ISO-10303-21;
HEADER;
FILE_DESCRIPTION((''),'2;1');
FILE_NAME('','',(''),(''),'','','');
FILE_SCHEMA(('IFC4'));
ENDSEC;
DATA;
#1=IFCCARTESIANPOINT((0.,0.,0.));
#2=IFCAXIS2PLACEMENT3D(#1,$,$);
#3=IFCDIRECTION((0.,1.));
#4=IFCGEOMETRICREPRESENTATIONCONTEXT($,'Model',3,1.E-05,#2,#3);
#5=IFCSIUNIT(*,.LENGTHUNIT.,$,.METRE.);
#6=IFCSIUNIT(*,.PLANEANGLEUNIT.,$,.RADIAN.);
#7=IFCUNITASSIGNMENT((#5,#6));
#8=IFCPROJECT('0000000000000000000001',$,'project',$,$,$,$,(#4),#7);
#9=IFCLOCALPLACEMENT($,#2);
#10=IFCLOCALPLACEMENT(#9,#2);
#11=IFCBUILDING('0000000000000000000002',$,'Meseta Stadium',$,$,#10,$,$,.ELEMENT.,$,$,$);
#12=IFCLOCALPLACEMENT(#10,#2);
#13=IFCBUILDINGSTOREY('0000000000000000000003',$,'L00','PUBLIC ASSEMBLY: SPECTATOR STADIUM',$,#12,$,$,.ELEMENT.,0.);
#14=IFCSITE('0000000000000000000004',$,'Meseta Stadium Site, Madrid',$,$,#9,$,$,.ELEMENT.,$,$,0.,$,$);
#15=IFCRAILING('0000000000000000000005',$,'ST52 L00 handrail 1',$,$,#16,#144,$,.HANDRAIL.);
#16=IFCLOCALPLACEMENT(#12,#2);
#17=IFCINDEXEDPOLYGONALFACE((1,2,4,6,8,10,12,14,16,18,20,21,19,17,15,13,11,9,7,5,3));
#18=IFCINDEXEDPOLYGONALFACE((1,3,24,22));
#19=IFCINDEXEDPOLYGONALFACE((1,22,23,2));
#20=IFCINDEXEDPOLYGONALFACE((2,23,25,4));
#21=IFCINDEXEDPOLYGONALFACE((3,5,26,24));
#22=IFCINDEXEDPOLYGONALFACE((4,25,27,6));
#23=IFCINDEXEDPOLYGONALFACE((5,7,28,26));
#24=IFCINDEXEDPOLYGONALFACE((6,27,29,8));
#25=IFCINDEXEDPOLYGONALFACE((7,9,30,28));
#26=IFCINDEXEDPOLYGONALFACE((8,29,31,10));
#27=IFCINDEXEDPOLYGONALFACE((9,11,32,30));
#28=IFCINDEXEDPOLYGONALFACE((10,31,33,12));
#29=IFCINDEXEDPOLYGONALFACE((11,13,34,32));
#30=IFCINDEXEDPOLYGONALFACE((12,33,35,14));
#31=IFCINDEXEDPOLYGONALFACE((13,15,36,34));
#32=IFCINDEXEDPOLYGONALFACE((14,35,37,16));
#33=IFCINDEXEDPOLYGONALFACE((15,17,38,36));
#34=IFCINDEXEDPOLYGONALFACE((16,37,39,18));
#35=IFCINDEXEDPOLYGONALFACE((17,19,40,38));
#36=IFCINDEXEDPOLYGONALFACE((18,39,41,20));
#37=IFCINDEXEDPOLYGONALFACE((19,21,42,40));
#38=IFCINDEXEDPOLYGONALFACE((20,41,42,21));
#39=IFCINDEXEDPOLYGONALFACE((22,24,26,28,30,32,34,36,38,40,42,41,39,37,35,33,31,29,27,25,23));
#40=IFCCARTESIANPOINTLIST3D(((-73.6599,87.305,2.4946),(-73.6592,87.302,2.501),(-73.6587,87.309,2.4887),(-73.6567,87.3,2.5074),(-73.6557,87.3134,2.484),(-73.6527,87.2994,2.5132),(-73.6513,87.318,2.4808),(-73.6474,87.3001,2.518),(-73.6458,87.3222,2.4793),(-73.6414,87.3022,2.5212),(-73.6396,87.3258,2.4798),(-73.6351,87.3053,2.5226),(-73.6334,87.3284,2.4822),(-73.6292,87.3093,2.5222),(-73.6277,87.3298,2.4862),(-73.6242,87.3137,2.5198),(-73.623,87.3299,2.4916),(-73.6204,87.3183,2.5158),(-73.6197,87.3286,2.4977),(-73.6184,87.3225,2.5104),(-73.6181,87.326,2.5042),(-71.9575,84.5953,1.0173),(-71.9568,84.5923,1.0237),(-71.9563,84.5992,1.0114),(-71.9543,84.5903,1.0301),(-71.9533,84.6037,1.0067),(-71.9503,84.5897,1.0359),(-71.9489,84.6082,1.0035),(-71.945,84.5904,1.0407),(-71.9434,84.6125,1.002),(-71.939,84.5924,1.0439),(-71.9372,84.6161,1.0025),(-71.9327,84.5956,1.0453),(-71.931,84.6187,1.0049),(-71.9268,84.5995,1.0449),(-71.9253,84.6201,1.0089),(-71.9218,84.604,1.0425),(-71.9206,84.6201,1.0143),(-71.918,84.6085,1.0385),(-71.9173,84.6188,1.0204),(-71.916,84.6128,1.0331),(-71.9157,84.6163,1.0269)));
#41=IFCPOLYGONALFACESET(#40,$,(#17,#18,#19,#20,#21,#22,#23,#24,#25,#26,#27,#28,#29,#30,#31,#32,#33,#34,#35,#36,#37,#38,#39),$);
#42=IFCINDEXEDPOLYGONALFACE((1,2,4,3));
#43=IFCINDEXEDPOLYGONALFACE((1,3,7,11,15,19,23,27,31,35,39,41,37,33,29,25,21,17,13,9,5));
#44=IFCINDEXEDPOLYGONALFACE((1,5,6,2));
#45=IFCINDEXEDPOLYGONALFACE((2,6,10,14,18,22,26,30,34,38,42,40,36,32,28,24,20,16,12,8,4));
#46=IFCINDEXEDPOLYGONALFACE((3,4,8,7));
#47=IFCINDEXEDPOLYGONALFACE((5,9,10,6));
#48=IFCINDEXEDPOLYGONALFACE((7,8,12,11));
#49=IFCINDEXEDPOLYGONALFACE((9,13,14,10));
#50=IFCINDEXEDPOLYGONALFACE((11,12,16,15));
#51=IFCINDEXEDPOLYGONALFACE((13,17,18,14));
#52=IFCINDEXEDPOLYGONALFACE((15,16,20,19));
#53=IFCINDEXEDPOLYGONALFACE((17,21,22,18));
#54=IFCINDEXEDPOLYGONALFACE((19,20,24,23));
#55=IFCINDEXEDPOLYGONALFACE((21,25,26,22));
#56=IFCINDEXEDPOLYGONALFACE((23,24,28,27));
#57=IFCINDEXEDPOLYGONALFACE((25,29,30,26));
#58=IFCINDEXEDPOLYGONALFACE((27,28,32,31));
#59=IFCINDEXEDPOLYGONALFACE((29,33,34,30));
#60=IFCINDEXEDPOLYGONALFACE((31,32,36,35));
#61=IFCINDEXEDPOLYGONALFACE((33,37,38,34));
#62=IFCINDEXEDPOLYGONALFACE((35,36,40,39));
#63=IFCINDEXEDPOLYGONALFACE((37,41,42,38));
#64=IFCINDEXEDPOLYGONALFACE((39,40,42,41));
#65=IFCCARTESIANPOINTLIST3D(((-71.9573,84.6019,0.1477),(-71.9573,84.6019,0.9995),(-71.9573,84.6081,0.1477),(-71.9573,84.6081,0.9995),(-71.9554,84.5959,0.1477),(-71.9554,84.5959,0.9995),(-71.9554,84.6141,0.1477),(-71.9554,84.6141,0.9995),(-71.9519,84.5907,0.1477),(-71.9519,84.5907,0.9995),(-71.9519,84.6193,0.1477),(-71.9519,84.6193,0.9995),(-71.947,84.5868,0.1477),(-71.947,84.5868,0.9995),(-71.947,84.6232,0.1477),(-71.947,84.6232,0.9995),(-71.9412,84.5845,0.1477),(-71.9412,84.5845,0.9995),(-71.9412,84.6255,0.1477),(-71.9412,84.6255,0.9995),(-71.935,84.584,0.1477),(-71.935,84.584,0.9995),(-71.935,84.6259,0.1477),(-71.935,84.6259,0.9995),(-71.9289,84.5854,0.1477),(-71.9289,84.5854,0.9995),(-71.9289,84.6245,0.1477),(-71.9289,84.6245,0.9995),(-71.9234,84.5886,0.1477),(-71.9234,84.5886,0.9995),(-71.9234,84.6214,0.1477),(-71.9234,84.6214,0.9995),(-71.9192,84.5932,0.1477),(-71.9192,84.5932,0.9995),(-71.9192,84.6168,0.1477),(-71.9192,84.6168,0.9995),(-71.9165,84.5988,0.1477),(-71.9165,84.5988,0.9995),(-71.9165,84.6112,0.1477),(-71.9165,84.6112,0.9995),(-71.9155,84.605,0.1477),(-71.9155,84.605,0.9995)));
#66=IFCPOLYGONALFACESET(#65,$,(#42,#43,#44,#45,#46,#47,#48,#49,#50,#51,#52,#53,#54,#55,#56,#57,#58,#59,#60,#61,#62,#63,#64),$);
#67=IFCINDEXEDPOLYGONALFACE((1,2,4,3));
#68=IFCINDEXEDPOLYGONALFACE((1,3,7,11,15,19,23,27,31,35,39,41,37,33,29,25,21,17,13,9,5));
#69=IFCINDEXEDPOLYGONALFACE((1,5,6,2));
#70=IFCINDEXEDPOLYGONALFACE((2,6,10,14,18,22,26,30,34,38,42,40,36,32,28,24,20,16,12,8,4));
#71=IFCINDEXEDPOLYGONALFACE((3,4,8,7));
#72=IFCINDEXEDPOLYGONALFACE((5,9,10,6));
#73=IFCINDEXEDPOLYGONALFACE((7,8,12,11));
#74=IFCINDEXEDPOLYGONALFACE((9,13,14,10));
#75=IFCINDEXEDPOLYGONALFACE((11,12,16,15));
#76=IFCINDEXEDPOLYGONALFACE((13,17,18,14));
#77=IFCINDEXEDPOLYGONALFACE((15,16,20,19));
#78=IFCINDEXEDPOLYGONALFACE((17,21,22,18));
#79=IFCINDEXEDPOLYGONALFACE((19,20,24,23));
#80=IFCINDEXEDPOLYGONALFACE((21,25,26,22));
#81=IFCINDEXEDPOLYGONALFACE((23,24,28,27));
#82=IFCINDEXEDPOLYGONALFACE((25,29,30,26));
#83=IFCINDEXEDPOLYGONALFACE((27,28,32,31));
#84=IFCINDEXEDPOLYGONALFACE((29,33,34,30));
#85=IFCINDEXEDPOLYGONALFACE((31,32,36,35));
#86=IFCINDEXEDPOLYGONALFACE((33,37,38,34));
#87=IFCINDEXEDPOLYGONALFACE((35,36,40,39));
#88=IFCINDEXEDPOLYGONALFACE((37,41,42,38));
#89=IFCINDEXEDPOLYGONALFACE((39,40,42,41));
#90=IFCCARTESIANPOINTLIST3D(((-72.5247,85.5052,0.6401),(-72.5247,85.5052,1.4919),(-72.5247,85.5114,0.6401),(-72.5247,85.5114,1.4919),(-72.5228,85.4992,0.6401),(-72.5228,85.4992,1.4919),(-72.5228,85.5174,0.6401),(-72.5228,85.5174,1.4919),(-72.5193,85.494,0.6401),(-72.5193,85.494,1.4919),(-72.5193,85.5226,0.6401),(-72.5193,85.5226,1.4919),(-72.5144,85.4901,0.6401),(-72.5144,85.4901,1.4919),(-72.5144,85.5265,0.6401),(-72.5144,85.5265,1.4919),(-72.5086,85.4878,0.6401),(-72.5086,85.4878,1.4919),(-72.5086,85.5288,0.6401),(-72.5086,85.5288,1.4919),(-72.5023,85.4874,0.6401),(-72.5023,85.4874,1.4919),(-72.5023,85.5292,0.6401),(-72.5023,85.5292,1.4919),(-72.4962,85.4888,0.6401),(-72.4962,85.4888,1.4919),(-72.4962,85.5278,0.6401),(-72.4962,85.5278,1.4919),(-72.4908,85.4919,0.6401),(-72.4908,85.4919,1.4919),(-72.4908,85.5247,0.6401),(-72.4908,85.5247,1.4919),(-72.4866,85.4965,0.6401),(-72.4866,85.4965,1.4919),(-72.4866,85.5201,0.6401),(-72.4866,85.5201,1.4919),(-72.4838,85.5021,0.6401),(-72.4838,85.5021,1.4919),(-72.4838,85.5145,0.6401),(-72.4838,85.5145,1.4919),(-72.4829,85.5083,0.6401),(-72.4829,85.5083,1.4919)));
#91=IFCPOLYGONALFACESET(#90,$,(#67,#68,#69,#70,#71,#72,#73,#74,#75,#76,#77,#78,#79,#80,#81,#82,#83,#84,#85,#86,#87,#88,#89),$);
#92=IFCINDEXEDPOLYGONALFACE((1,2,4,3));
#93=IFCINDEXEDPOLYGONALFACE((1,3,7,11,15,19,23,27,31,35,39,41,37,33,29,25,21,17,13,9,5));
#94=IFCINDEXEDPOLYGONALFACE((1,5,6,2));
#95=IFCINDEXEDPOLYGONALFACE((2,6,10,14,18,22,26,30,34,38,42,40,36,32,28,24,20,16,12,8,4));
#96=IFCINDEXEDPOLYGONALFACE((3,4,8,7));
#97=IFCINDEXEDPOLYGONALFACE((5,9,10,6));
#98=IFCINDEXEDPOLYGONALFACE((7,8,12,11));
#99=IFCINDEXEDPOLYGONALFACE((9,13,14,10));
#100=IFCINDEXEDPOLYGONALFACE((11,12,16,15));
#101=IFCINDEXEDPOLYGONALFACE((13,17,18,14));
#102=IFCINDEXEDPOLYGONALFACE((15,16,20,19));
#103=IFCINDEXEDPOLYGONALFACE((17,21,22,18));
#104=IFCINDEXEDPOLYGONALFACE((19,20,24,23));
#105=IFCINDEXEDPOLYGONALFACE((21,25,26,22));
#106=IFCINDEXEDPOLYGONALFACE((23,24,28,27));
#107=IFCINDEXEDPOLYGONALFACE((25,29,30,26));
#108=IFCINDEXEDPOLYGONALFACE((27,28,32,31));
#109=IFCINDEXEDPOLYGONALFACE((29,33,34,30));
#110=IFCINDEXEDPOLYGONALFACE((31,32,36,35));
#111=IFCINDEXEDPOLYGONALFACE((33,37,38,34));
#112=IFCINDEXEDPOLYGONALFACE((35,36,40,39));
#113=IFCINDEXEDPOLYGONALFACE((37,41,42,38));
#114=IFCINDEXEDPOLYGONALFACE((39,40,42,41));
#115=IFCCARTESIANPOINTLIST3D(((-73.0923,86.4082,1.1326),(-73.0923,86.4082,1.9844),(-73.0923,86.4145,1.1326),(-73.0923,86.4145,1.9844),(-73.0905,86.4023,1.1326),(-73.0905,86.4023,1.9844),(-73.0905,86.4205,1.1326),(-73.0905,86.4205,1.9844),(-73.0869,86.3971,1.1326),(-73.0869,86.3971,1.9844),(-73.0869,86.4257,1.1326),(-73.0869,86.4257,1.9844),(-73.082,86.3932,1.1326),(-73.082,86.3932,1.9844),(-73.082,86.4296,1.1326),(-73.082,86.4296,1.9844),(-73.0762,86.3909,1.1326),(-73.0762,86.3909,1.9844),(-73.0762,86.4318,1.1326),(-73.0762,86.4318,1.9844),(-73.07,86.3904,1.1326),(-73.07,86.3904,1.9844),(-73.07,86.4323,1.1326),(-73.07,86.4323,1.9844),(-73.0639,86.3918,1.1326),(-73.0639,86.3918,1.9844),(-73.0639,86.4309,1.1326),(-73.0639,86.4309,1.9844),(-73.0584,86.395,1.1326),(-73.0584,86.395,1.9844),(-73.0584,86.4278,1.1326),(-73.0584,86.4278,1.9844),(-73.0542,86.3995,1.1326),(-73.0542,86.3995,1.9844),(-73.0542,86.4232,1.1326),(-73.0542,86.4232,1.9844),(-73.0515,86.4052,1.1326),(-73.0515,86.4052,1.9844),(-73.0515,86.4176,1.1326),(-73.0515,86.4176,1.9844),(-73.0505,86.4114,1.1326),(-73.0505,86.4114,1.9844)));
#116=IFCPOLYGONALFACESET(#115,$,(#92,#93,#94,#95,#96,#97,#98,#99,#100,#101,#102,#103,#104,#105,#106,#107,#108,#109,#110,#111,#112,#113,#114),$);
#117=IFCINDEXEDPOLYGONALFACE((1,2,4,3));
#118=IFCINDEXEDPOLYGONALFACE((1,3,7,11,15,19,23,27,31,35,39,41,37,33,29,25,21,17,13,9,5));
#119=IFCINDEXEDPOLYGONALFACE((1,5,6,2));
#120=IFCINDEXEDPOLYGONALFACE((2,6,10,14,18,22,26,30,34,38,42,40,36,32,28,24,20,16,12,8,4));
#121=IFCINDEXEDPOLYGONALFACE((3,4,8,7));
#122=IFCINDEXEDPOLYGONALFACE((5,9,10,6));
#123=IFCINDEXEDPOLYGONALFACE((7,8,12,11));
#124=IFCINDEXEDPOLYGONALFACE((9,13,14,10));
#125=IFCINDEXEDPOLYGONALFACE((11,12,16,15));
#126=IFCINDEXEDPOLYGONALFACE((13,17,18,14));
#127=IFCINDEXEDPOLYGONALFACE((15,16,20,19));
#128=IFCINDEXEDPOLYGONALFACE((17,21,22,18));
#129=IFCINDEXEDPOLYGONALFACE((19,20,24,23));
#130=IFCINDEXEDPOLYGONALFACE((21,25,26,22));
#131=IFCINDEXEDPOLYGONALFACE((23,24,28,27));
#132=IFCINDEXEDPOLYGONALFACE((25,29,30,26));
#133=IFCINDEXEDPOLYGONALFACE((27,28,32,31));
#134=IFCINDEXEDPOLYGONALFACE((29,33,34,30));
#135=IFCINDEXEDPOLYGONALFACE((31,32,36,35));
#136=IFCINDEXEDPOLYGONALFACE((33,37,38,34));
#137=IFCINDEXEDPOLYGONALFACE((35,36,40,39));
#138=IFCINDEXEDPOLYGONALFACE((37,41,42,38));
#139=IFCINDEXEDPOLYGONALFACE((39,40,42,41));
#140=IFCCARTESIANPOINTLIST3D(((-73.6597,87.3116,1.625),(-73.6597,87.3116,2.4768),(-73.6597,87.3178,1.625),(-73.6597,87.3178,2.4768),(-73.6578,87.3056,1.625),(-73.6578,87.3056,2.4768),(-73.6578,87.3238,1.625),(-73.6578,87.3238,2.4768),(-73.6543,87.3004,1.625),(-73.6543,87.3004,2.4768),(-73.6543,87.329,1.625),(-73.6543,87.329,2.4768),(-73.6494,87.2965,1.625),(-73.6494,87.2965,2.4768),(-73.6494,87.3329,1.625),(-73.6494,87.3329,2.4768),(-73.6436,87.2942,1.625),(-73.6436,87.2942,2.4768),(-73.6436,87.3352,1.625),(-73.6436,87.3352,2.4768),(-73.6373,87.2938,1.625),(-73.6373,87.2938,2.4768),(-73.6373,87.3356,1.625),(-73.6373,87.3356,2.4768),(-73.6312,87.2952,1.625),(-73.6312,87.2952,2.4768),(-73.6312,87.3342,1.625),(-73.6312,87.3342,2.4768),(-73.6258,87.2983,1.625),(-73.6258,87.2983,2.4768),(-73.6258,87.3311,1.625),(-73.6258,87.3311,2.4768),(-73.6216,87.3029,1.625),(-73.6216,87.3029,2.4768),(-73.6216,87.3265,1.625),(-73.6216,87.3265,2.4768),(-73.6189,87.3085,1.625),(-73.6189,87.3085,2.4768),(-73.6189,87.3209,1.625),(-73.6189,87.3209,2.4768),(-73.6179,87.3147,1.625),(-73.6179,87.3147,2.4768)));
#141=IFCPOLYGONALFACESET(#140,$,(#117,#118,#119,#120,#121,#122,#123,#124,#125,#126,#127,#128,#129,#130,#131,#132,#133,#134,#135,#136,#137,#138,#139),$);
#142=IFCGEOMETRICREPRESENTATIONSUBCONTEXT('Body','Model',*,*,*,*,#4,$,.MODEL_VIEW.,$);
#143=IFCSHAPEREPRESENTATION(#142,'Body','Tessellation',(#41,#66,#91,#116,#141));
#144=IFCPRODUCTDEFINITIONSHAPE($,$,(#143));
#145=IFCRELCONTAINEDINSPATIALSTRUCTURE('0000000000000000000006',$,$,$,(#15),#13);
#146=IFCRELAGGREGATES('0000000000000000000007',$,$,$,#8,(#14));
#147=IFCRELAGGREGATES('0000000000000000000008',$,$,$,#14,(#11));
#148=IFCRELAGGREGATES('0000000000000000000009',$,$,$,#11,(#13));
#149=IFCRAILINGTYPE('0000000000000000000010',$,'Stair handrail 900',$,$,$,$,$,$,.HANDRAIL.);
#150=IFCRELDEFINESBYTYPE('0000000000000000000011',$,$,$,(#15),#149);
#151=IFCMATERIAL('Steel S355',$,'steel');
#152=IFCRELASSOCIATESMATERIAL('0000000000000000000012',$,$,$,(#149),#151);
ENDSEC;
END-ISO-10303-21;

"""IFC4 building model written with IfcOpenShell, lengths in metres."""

from ifc_helpers import new_model, si_unit, direction, frame, origin, origin_2d, place, context, subcontext, project, spatial, circle, extrude, material, type_object, element, save


model = new_model("IFC4")

# Units and contexts
model_context = context("Model", 3, precision=1e-05, world=origin(), true_north=direction((0.0, 1.0)))
body_context = subcontext(model_context, "Body", "Model", "MODEL_VIEW")
ifc_project = project(units=[si_unit("LENGTHUNIT", "METRE"), si_unit("PLANEANGLEUNIT", "RADIAN")], contexts=[model_context])

# Site, building, storey
site_placement = place(None, origin())
site = spatial("IfcSite", under=ifc_project, at=site_placement, Name="Meseta Stadium Site, Madrid", CompositionType="ELEMENT", RefElevation=0.0)
building_placement = place(site_placement, origin())
building = spatial("IfcBuilding", under=site, at=building_placement, Name="Meseta Stadium", CompositionType="ELEMENT")
storey_placement = place(building_placement, origin())
storey = spatial("IfcBuildingStorey", under=building, at=storey_placement, Name="L00", Description="PUBLIC ASSEMBLY: SPECTATOR STADIUM", CompositionType="ELEMENT", Elevation=0.0)

# Railing
ifc_material_1 = material(Name="Steel S355", Category="steel")
railing_type_1 = type_object("IfcRailingType", Name="Stair handrail 900", PredefinedType="HANDRAIL", material=ifc_material_1)
for number, where, name in (
    (1, (-71.9365, 84.605, 0.1477), "ST52 L00 handrail 1"),
):
    element("IfcRailing", number, at=place(storey_placement, frame(where)), inside=storey, type_object=railing_type_1, Name=name, PredefinedType="HANDRAIL", context=body_context, shape_type="SweptSolid", body=[
        extrude(circle(Radius=0.0239, at=origin_2d()), frame((0.0, 0.0, 0.876), z_axis=(-0.482997, 0.768792, 0.419133), x_axis=(-0.846757, -0.531979, 0.0)), (0.0, 0.0, 1.0), 3.5247),
        extrude(circle(Radius=0.021, at=origin_2d()), origin(), (0.0, 0.0, 1.0), 0.8518),
        extrude(circle(Radius=0.021, at=origin_2d()), frame((-0.5674, 0.9033, 0.4924)), (0.0, 0.0, 1.0), 0.8518),
        extrude(circle(Radius=0.021, at=origin_2d()), frame((-1.135, 1.8064, 0.9849)), (0.0, 0.0, 1.0), 0.8518),
        extrude(circle(Radius=0.021, at=origin_2d()), frame((-1.7024, 2.7097, 1.4773)), (0.0, 0.0, 1.0), 0.8518),
    ])

save(model, "model.ifc")
